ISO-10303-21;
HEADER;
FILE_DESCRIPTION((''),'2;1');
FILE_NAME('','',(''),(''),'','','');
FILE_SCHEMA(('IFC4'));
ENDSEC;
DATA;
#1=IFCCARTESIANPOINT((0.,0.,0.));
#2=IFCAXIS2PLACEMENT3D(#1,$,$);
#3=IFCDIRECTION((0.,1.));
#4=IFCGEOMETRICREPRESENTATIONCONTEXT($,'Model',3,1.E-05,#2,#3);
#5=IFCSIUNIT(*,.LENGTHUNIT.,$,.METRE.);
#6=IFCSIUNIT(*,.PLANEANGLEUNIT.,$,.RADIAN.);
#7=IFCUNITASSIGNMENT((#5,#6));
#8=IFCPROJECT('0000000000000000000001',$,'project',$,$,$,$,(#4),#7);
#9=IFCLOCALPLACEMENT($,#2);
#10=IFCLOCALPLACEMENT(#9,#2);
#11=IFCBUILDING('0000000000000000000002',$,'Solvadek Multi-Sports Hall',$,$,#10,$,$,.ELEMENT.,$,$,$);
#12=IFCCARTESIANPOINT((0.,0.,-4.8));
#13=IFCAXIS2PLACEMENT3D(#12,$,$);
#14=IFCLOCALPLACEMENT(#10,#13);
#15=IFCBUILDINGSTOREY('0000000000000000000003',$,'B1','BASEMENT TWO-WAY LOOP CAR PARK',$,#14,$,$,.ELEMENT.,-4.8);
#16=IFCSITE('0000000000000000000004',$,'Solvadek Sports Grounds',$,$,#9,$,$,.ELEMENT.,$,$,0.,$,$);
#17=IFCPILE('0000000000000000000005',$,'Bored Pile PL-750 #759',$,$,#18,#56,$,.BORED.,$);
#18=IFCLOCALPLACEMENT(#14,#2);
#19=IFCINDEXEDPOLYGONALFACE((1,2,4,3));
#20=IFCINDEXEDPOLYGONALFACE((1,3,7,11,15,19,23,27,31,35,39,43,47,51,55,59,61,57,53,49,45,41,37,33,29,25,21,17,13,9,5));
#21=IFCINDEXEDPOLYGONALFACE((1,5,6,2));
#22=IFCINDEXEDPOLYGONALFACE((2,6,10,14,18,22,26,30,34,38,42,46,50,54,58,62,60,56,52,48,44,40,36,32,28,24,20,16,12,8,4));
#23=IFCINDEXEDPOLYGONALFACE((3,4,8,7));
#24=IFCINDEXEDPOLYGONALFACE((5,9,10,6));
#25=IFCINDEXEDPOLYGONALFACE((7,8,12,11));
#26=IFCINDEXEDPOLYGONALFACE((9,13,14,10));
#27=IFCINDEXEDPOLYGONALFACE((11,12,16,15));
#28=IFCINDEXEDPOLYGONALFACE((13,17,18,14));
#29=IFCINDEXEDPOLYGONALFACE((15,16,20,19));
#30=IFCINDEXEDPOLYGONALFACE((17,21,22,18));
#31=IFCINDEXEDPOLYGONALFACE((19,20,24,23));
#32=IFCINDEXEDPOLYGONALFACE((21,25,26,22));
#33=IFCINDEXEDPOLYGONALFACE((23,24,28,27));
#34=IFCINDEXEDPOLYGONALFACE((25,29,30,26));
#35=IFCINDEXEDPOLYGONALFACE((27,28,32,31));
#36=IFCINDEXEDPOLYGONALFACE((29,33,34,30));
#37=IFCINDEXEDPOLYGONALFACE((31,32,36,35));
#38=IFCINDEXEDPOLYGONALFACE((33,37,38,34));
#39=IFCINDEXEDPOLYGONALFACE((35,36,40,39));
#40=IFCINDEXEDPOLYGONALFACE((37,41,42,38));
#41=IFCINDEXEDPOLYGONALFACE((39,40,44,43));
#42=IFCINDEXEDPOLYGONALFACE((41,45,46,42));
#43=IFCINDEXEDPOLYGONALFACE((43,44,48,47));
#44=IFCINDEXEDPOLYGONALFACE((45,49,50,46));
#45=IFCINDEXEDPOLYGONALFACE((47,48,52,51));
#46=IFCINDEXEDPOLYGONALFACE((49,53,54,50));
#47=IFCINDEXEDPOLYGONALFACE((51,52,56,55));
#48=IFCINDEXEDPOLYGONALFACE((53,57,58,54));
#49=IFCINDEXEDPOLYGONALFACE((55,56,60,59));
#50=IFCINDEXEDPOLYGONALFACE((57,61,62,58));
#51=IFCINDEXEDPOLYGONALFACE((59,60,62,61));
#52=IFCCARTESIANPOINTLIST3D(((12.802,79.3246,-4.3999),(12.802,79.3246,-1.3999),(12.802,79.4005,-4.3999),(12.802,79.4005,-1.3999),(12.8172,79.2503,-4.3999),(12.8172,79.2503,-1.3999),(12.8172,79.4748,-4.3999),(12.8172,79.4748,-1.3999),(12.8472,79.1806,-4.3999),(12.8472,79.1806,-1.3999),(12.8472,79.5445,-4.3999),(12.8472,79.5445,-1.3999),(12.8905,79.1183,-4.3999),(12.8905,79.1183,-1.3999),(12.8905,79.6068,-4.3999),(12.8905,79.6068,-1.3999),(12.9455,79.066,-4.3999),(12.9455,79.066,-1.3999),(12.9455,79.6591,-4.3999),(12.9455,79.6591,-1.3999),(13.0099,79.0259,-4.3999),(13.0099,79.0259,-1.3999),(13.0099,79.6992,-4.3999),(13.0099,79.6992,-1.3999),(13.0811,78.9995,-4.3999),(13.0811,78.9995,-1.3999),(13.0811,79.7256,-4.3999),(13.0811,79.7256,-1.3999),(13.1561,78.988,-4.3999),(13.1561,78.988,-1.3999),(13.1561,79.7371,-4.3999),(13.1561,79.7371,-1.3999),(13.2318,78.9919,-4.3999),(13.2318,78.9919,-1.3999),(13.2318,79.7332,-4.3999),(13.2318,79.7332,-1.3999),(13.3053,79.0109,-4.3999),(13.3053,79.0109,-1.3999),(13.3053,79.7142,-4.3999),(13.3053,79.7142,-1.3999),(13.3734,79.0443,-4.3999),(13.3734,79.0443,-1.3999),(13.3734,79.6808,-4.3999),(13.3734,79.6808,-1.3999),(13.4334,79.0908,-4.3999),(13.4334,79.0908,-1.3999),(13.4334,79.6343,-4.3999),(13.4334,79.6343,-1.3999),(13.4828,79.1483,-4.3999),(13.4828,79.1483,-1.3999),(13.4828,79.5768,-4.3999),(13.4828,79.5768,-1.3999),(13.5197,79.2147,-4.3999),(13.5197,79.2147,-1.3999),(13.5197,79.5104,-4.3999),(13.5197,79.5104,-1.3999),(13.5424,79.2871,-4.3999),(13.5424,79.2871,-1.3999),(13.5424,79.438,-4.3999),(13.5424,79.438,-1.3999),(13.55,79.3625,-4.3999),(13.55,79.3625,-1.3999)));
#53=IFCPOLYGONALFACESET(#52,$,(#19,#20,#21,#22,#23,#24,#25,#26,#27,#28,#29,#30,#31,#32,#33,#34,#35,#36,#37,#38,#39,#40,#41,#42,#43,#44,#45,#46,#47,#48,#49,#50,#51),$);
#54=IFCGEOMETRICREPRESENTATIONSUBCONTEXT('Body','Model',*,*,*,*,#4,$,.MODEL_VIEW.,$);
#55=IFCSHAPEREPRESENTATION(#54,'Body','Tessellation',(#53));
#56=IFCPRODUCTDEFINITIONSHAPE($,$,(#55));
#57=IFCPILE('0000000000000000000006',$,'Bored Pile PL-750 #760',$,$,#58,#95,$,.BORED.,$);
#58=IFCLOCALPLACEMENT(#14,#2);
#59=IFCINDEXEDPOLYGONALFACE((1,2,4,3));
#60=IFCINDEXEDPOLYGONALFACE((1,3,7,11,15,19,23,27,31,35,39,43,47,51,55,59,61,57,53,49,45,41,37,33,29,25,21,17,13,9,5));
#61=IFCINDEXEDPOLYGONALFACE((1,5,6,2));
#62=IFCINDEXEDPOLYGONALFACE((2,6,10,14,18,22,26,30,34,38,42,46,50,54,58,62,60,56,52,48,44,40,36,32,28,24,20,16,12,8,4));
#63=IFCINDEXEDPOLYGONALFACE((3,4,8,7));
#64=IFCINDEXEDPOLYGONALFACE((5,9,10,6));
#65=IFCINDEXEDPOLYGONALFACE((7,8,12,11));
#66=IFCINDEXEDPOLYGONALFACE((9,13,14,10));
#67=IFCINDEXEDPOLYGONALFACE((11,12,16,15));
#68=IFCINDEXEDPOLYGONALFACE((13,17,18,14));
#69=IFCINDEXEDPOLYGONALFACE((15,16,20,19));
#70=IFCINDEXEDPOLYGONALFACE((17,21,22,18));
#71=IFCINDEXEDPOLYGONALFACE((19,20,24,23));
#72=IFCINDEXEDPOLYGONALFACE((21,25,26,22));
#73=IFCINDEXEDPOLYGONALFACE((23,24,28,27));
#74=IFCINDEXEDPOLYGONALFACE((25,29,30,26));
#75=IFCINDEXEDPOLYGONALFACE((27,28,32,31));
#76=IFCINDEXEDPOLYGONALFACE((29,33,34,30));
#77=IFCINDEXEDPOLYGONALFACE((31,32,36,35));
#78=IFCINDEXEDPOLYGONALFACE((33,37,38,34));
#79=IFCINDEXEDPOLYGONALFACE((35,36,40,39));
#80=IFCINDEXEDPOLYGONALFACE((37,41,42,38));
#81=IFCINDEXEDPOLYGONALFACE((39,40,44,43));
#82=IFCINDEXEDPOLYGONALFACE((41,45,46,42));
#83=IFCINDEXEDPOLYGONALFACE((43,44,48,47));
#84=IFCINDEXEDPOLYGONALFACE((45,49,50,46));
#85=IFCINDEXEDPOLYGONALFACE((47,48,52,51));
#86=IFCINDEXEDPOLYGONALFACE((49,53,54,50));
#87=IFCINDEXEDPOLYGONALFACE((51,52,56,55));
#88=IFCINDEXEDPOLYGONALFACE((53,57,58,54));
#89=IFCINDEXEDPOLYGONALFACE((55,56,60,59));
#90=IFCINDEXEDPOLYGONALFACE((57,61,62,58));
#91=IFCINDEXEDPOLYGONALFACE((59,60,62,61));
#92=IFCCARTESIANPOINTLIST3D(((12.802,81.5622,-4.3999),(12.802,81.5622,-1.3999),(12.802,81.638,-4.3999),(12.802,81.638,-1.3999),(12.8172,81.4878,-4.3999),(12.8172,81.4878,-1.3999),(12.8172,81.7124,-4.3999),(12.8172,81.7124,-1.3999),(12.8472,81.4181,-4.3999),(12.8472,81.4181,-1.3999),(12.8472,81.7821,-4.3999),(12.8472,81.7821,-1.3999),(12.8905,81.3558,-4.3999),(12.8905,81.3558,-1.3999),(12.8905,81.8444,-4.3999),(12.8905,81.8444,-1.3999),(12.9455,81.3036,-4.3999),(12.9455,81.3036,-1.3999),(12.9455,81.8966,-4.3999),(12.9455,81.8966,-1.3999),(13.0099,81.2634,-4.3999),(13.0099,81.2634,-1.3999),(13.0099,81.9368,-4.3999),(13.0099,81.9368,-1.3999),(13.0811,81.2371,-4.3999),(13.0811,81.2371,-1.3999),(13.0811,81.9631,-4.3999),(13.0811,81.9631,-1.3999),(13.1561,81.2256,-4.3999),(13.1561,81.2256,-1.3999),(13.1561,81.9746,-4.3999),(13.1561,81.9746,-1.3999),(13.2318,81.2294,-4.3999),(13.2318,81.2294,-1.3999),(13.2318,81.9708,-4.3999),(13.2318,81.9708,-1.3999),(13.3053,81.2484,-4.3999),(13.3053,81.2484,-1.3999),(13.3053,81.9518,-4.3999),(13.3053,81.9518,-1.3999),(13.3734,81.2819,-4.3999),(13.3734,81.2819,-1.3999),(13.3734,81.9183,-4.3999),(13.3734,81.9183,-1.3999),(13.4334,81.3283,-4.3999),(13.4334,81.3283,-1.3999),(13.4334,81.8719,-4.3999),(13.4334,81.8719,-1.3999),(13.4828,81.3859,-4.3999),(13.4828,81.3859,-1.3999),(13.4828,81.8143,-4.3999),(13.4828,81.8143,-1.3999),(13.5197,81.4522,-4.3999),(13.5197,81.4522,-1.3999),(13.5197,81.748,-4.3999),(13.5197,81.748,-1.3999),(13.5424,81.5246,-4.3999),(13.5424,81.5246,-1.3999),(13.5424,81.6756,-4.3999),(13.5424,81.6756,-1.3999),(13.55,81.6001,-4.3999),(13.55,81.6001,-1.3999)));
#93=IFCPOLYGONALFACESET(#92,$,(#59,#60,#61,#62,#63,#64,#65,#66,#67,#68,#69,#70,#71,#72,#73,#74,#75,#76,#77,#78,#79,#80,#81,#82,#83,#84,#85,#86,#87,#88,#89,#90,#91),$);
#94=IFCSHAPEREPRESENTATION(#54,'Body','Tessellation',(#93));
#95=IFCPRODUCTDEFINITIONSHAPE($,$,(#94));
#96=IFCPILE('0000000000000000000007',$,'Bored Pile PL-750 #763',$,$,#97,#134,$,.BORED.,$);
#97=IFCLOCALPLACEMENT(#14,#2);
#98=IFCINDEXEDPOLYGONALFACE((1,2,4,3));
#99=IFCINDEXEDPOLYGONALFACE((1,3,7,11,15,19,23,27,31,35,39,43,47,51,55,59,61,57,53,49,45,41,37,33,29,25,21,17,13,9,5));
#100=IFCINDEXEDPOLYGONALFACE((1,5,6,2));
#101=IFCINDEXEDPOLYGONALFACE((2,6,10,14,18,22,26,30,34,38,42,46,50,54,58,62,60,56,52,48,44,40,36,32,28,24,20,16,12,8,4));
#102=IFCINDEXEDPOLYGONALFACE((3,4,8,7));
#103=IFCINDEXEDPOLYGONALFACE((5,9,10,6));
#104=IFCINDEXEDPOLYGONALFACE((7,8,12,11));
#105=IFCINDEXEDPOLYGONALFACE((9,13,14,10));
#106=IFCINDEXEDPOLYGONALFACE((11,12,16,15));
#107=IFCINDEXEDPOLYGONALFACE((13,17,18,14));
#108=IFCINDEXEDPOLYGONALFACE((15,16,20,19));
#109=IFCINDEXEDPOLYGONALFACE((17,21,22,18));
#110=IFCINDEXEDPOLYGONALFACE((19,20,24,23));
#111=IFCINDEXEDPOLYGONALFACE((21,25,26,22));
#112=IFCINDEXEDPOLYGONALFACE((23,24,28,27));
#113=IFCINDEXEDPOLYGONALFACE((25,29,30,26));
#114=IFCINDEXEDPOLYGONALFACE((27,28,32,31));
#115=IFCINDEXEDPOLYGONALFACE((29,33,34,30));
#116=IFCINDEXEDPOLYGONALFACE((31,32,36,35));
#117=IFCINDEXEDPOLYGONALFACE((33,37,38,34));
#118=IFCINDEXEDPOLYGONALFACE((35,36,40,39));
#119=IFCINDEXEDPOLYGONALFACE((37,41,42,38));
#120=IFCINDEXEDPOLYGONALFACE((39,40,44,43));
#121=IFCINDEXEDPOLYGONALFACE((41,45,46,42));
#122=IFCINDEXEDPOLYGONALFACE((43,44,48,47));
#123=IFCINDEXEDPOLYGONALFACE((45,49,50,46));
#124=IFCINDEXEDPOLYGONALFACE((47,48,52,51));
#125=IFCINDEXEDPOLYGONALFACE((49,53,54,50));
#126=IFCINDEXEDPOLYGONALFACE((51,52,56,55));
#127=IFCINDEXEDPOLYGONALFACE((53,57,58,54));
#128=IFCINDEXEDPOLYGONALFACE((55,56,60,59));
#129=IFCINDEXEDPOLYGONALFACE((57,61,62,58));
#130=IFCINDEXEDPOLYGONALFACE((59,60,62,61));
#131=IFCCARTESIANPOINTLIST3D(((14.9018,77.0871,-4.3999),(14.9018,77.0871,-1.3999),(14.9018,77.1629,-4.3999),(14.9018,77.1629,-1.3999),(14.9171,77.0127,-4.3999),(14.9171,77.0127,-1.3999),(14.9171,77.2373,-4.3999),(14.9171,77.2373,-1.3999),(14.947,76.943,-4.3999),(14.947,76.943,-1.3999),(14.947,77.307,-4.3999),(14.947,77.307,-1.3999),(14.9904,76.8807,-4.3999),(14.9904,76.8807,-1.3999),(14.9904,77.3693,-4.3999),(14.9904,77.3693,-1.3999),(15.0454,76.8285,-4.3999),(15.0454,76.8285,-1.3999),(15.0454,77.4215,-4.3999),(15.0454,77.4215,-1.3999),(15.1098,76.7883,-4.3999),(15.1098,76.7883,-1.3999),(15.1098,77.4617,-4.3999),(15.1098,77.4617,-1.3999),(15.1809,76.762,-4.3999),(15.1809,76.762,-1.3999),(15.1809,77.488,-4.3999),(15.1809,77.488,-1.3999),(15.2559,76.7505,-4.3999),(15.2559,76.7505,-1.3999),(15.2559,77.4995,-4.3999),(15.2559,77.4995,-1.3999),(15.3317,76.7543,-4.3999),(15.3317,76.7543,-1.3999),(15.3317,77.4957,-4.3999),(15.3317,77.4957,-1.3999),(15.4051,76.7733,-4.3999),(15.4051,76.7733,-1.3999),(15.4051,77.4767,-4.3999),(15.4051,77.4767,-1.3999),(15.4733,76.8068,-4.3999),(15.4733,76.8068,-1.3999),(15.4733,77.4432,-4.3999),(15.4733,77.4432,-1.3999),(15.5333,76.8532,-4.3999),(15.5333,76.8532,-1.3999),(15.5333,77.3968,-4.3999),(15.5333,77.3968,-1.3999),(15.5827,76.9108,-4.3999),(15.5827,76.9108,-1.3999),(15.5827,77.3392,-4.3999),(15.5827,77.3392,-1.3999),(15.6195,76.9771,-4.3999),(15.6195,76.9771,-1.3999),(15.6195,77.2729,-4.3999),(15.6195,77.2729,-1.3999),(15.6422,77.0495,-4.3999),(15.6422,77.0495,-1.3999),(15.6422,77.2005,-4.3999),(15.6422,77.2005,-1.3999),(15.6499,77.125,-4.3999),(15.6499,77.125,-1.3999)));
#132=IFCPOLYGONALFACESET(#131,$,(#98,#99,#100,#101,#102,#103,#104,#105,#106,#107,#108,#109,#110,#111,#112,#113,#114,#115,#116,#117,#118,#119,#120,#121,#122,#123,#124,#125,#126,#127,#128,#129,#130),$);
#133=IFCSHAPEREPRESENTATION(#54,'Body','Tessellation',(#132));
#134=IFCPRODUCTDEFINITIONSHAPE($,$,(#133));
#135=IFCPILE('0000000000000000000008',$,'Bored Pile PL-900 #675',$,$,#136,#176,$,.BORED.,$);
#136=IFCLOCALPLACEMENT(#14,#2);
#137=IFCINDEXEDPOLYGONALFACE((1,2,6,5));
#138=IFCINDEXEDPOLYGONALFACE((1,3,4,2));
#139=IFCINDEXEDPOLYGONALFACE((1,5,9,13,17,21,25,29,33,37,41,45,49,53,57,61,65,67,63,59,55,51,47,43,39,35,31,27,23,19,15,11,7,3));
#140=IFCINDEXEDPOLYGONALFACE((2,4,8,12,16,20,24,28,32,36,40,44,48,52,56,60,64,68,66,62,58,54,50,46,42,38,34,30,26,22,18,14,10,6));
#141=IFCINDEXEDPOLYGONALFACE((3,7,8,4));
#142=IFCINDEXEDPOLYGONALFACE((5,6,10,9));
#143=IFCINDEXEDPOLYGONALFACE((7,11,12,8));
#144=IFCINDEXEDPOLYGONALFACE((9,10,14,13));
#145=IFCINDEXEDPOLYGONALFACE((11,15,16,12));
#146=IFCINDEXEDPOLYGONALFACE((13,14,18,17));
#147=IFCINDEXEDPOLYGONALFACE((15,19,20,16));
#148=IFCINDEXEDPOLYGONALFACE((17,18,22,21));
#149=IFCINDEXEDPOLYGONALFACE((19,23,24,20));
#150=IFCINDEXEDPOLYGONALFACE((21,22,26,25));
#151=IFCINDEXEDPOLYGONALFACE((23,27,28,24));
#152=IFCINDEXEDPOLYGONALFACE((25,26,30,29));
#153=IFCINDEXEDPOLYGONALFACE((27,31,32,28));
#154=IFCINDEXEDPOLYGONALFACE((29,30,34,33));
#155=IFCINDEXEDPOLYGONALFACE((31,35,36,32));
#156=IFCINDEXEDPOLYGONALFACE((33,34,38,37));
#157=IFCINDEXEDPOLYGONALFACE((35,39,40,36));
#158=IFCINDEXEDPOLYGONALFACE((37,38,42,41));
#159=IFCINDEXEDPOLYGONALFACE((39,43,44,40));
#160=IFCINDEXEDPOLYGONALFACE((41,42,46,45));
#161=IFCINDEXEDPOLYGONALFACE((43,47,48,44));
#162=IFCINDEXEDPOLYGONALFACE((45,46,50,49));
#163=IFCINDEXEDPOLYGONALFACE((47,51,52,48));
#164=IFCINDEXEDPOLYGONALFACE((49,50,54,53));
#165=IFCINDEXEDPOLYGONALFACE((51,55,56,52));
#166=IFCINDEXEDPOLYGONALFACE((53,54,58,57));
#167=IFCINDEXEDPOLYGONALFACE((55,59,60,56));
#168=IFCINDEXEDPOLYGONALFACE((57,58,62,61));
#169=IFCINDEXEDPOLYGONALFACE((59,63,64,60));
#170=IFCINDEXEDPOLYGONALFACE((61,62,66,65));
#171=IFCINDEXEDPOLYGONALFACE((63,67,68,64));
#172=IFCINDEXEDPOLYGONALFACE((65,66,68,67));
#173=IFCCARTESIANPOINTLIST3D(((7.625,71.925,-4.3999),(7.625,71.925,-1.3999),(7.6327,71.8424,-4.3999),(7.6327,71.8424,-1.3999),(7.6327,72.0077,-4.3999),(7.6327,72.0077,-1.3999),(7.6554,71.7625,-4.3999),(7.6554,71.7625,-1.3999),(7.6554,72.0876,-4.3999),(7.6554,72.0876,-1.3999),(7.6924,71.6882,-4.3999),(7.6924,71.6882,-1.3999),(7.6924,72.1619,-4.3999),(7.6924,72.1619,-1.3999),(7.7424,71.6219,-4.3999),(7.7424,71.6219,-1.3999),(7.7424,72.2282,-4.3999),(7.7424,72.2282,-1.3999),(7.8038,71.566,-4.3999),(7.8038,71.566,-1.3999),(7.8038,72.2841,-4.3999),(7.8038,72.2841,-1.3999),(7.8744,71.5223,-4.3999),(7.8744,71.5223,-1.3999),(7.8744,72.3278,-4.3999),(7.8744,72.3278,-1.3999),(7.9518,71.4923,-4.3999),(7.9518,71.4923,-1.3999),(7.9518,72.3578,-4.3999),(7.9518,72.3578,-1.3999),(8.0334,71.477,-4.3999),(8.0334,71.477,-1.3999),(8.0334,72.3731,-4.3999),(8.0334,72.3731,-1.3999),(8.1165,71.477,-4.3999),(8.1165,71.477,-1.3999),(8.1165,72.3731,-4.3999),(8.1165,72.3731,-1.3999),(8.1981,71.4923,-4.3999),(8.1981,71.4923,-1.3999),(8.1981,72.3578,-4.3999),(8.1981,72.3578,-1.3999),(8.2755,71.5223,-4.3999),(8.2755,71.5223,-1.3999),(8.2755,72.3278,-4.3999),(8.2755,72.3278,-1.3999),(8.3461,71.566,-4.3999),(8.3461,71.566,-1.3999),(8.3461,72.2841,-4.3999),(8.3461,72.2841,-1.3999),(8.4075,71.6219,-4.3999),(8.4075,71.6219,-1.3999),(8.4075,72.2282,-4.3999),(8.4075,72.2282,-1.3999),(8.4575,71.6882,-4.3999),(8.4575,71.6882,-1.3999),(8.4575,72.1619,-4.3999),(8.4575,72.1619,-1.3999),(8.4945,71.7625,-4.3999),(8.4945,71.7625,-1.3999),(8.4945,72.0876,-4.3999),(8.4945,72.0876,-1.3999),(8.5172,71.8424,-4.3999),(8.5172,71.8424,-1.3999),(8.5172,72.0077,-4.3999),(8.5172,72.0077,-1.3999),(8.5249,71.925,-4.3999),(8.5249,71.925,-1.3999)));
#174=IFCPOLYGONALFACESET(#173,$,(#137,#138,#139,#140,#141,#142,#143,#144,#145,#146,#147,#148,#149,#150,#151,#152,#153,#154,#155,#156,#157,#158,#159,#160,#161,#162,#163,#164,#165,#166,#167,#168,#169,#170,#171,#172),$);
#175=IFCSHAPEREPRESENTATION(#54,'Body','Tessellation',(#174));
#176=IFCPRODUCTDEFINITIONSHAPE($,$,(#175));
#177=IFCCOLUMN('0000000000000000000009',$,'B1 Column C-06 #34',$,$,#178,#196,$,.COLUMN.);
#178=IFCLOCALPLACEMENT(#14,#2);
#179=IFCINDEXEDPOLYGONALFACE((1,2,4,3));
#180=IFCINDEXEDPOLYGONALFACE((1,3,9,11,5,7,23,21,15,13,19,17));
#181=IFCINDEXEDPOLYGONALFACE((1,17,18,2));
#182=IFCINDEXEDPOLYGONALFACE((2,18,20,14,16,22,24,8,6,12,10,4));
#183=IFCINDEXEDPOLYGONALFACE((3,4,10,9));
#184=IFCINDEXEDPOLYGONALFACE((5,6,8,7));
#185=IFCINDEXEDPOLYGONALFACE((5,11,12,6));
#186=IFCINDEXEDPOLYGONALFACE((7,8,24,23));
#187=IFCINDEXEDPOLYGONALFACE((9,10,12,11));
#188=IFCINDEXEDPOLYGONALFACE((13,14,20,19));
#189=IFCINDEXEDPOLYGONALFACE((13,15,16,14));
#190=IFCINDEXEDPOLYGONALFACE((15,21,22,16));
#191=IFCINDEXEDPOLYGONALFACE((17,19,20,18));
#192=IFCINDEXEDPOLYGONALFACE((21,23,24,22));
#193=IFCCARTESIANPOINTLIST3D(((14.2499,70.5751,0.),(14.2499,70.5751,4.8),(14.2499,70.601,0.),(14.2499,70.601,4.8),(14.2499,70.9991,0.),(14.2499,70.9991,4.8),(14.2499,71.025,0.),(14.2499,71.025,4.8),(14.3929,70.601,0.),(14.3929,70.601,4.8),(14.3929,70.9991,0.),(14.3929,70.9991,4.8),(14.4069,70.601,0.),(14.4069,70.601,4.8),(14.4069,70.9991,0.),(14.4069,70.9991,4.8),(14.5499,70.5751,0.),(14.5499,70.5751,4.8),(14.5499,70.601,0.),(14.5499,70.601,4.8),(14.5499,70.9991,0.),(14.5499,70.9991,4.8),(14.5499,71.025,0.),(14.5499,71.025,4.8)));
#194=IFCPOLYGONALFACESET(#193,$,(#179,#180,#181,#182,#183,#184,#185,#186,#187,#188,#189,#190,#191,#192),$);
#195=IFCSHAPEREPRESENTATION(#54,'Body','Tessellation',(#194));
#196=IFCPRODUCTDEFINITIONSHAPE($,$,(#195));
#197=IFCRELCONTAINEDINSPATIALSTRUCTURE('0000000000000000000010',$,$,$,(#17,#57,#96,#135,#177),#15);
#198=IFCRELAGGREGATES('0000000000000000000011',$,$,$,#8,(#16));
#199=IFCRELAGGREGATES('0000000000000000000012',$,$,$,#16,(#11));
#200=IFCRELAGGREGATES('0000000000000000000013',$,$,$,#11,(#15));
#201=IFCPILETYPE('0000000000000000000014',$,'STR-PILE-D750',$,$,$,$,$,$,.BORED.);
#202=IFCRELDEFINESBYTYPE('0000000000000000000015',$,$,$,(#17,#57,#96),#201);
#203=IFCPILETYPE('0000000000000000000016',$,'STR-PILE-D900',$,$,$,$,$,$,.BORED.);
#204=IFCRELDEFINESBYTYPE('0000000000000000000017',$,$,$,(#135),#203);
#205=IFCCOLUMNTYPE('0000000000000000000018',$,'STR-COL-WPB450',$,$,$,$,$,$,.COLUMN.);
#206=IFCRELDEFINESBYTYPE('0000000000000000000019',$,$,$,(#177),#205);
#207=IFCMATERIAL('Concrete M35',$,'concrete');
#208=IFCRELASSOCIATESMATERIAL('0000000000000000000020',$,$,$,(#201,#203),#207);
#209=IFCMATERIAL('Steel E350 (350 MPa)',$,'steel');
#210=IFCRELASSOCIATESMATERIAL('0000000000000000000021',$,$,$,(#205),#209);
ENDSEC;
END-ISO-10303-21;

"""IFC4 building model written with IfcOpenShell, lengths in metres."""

from ifc_helpers import new_model, si_unit, direction, frame, origin, origin_2d, place, context, subcontext, project, spatial, circle, i_section, extrude, material, material_profile, profile_set, type_object, element, save


model = new_model("IFC4")

# Units and contexts
model_context = context("Model", 3, precision=1e-05, world=origin(), true_north=direction((0.0, 1.0)))
body_context = subcontext(model_context, "Body", "Model", "MODEL_VIEW")
ifc_project = project(units=[si_unit("LENGTHUNIT", "METRE"), si_unit("PLANEANGLEUNIT", "RADIAN")], contexts=[model_context])

# Site, building, storey
site_placement = place(None, origin())
site = spatial("IfcSite", under=ifc_project, at=site_placement, Name="Solvadek Sports Grounds", CompositionType="ELEMENT", RefElevation=0.0)
building_placement = place(site_placement, origin())
building = spatial("IfcBuilding", under=site, at=building_placement, Name="Solvadek Multi-Sports Hall", CompositionType="ELEMENT")
storey_placement = place(building_placement, frame((0.0, 0.0, -4.8)))
storey = spatial("IfcBuildingStorey", under=building, at=storey_placement, Name="B1", Description="BASEMENT TWO-WAY LOOP CAR PARK", CompositionType="ELEMENT", Elevation=-4.8)

# Piles
ifc_material_1 = material(Name="Concrete M35", Category="concrete")
ifc_material_profile_1 = material_profile(ifc_material_1, circle(Radius=0.375, at=origin_2d()), Name="BORED PILE D750")
ifc_profile_set_1 = profile_set([ifc_material_profile_1], Name="Concrete M35")
pile_type_1 = type_object("IfcPileType", Name="STR-PILE-D750", PredefinedType="BORED", material=ifc_profile_set_1)
for number, where, z_axis, x_axis, name in (
    (1, (13.175, 79.3625, -1.3999), (0.0, 0.0, -1.0), (1.0, 0.0, 0.0), "Bored Pile PL-750 #759"),
    (2, (13.175, 81.6001, -1.3999), (0.0, 0.0, -1.0), (1.0, 0.0, 0.0), "Bored Pile PL-750 #760"),
    (3, (15.2749, 77.125, -1.3999), (0.0, 0.0, -1.0), (1.0, 0.0, 0.0), "Bored Pile PL-750 #763"),
):
    element("IfcPile", number, at=place(storey_placement, frame(where, z_axis=z_axis, x_axis=x_axis)), inside=storey, type_object=pile_type_1, Name=name, PredefinedType="BORED", context=body_context, shape_type="SweptSolid", body=[
        extrude(circle(Radius=0.375, at=origin_2d()), origin(), (0.0, 0.0, 1.0), 3.0),
    ])
ifc_material_profile_2 = material_profile(ifc_material_1, circle(Radius=0.45, at=origin_2d()), Name="BORED PILE D900")
ifc_profile_set_2 = profile_set([ifc_material_profile_2], Name="Concrete M35")
pile_type_2 = type_object("IfcPileType", Name="STR-PILE-D900", PredefinedType="BORED", material=ifc_profile_set_2)
pile_placement = place(storey_placement, frame((8.075, 71.925, -1.3999), z_axis=(0.0, 0.0, -1.0), x_axis=(1.0, 0.0, 0.0)))
element("IfcPile", 4, at=pile_placement, inside=storey, type_object=pile_type_2, Name="Bored Pile PL-900 #675", PredefinedType="BORED", context=body_context, shape_type="SweptSolid", body=[
    extrude(circle(Radius=0.45, at=origin_2d()), origin(), (0.0, 0.0, 1.0), 3.0),
])

# Column
ifc_material_2 = material(Name="Steel E350 (350 MPa)", Category="steel")
ifc_material_profile_3 = material_profile(ifc_material_2, i_section(OverallWidth=0.3, OverallDepth=0.45, WebThickness=0.0139, FlangeThickness=0.0259, at=origin_2d()), Name="WPB 450")
ifc_profile_set_3 = profile_set([ifc_material_profile_3], Name="Steel E350 (350 MPa)")
column_type_1 = type_object("IfcColumnType", Name="STR-COL-WPB450", PredefinedType="COLUMN", material=ifc_profile_set_3)
column_1_placement = place(storey_placement, frame((14.3999, 70.8, 0.0), z_axis=(0.0, 0.0, 1.0), x_axis=(1.0, 0.0, 0.0)))
element("IfcColumn", 5, at=column_1_placement, inside=storey, type_object=column_type_1, Name="B1 Column C-06 #34", PredefinedType="COLUMN", context=body_context, shape_type="SweptSolid", body=[
    extrude(i_section(OverallWidth=0.3, OverallDepth=0.45, WebThickness=0.0139, FlangeThickness=0.0259, at=origin_2d()), origin(), (0.0, 0.0, 1.0), 4.8),
])

save(model, "model.ifc")
